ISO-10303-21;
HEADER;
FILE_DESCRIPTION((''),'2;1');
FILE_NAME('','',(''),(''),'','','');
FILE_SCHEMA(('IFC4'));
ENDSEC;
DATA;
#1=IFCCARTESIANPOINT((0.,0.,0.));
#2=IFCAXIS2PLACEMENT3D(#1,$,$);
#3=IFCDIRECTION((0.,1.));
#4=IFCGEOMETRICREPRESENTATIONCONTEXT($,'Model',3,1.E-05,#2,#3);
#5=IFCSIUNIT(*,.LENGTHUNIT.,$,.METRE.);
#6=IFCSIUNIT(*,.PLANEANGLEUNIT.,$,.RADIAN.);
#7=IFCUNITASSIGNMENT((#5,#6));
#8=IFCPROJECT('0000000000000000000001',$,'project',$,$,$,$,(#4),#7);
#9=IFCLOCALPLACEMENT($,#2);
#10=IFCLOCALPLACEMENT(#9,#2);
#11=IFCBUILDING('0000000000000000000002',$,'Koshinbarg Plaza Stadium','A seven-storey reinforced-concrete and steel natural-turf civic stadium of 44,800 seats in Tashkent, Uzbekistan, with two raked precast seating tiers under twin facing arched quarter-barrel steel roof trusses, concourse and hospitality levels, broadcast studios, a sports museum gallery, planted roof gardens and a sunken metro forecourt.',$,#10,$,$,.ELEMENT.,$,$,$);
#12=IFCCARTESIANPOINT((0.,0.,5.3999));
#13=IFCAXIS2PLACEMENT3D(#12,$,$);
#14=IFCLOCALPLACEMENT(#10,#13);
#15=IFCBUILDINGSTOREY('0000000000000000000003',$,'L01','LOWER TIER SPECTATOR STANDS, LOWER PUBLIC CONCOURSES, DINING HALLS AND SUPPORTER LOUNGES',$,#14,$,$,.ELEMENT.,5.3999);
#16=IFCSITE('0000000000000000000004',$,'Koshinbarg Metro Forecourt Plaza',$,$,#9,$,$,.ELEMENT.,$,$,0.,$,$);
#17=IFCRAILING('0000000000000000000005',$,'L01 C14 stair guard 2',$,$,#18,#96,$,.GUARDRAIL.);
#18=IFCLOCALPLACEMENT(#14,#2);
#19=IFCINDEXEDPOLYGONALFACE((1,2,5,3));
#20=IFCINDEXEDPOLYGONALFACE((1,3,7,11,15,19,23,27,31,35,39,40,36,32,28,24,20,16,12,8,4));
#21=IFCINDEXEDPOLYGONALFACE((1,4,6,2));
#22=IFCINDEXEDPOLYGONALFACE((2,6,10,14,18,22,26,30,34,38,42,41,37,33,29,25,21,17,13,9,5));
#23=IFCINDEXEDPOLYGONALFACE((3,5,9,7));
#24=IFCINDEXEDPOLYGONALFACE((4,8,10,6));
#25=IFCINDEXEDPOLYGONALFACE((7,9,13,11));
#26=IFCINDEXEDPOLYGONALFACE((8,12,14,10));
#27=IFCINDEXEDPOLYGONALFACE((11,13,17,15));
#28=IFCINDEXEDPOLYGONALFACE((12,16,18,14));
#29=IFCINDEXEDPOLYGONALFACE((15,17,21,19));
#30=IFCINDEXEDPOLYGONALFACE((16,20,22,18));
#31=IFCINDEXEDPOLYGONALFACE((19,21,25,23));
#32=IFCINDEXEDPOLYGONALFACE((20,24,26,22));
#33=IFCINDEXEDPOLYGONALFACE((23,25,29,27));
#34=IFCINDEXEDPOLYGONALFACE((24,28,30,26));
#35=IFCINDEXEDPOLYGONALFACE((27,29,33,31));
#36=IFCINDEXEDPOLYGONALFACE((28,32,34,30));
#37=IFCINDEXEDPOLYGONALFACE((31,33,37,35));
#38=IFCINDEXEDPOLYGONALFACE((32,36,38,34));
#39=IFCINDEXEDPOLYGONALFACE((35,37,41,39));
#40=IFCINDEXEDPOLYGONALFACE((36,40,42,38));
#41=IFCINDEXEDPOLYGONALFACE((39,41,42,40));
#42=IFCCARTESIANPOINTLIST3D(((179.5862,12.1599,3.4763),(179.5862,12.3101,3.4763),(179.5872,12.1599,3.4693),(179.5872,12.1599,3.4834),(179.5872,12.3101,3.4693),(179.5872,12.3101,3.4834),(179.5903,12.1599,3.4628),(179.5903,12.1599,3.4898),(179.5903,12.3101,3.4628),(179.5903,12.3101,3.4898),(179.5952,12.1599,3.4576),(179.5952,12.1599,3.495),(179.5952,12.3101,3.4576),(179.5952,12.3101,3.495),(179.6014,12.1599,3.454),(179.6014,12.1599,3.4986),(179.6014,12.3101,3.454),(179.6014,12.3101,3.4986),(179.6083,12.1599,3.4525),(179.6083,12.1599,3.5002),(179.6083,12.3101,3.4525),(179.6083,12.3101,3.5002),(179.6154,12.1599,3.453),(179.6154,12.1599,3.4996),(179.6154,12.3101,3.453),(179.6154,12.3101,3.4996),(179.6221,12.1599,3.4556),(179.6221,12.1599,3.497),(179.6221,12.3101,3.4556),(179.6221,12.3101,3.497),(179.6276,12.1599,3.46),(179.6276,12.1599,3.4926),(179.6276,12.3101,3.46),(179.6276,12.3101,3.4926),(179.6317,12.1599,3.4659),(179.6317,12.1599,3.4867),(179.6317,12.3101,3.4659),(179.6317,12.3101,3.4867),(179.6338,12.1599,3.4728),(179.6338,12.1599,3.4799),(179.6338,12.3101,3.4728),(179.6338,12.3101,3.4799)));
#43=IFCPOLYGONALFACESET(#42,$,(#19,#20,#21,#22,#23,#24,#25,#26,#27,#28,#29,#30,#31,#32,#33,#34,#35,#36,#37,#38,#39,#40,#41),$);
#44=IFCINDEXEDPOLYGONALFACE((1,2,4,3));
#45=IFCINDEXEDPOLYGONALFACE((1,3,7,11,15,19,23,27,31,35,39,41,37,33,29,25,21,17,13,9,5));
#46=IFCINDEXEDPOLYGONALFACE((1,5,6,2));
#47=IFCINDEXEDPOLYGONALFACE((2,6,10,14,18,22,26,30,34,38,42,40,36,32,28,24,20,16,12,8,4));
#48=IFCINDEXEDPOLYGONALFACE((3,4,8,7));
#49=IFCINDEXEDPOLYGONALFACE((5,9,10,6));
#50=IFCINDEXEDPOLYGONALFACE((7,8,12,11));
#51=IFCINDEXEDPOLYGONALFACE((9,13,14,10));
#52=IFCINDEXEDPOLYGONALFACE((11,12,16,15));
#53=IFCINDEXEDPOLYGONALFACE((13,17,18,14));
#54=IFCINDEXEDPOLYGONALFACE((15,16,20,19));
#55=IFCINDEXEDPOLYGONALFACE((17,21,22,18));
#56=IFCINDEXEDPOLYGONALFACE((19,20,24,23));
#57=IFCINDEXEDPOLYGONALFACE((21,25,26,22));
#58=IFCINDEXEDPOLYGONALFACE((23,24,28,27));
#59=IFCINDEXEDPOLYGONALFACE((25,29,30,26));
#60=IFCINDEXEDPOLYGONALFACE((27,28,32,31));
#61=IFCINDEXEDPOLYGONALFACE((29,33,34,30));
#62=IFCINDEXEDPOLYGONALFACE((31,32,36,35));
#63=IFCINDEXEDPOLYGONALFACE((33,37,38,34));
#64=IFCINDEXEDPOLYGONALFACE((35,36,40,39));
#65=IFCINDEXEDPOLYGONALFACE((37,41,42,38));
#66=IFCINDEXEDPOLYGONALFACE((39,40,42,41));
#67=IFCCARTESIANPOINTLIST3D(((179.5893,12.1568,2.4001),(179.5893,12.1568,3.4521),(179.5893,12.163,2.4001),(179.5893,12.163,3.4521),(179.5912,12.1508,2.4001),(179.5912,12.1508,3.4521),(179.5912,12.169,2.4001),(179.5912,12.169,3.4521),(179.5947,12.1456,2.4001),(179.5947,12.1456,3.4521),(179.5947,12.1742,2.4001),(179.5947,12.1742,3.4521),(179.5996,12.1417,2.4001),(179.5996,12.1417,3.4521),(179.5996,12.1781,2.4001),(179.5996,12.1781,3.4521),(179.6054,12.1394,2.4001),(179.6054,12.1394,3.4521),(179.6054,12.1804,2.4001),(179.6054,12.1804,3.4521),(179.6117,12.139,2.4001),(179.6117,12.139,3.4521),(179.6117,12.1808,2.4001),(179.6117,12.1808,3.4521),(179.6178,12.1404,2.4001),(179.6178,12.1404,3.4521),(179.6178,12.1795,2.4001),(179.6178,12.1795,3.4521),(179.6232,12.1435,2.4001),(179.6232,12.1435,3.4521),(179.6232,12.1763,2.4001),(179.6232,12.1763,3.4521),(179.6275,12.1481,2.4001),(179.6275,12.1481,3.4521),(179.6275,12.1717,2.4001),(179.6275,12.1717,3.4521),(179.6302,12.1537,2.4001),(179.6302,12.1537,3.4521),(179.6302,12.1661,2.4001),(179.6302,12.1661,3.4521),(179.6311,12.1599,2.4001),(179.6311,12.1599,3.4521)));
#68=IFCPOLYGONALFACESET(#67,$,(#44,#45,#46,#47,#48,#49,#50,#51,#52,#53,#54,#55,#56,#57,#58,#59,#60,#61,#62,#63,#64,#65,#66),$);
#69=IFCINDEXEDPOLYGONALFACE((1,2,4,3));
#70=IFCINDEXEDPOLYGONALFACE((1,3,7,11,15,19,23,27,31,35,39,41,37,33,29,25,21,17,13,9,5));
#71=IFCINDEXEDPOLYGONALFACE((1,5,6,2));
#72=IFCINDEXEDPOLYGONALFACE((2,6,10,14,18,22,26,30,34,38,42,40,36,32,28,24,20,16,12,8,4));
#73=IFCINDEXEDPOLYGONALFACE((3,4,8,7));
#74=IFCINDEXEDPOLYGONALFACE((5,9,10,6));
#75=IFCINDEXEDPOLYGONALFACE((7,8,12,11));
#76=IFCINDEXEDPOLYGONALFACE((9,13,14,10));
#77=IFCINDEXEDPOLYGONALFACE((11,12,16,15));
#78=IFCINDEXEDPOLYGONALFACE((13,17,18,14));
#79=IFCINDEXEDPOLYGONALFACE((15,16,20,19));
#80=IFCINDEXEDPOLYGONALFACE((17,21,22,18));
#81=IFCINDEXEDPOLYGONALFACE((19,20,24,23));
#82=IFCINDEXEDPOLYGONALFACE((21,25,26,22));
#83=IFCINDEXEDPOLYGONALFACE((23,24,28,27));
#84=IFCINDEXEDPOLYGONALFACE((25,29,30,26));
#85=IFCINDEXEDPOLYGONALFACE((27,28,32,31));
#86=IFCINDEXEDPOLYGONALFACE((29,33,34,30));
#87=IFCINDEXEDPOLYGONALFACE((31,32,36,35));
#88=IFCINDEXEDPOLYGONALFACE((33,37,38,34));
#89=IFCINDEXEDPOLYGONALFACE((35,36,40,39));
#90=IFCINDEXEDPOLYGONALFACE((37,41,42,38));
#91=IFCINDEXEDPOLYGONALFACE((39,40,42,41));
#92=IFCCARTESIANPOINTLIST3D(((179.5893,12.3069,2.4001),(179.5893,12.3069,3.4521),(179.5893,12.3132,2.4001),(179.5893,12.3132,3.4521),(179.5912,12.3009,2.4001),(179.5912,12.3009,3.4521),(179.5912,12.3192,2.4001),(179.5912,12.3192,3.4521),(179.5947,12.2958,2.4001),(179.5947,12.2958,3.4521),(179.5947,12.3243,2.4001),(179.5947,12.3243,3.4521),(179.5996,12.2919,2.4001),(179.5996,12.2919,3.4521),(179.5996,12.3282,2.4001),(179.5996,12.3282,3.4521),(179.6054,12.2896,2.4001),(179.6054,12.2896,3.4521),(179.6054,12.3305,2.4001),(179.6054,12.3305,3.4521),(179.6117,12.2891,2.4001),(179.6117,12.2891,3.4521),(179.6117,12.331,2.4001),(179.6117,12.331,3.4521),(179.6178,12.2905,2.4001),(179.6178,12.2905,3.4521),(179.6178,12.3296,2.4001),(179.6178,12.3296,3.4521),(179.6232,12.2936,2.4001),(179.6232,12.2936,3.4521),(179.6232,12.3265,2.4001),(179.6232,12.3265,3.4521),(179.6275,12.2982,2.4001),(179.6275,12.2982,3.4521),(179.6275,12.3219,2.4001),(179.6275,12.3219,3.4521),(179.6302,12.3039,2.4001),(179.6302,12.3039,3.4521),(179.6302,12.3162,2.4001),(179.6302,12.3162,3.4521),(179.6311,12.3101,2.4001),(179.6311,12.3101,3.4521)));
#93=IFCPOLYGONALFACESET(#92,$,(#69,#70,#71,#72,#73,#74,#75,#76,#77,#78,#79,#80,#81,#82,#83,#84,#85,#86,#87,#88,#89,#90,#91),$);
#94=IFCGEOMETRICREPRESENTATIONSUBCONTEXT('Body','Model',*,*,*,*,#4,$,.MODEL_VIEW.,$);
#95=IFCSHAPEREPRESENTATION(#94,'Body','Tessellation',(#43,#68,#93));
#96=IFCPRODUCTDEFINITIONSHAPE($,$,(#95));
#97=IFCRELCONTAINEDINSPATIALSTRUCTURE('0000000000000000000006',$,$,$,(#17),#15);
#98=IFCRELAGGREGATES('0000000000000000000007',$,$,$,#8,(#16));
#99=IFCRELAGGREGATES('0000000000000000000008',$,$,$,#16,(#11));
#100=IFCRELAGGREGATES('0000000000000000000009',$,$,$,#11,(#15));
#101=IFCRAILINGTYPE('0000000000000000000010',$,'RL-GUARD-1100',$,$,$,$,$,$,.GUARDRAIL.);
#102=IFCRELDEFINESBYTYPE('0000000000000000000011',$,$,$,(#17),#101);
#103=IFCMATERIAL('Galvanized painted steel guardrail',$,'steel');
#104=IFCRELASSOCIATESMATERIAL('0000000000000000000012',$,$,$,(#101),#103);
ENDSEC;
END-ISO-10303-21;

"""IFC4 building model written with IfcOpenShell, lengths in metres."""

from ifc_helpers import new_model, si_unit, direction, frame, origin, origin_2d, place, context, subcontext, project, spatial, circle, extrude, material, type_object, element, save


model = new_model("IFC4")

# Units and contexts
model_context = context("Model", 3, precision=1e-05, world=origin(), true_north=direction((0.0, 1.0)))
body_context = subcontext(model_context, "Body", "Model", "MODEL_VIEW")
ifc_project = project(units=[si_unit("LENGTHUNIT", "METRE"), si_unit("PLANEANGLEUNIT", "RADIAN")], contexts=[model_context])

# Site, building, storey
site_placement = place(None, origin())
site = spatial("IfcSite", under=ifc_project, at=site_placement, Name="Koshinbarg Metro Forecourt Plaza", CompositionType="ELEMENT", RefElevation=0.0)
building_placement = place(site_placement, origin())
building = spatial("IfcBuilding", under=site, at=building_placement, Name="Koshinbarg Plaza Stadium", Description="A seven-storey reinforced-concrete and steel natural-turf civic stadium of 44,800 seats in Tashkent, Uzbekistan, with two raked precast seating tiers under twin facing arched quarter-barrel steel roof trusses, concourse and hospitality levels, broadcast studios, a sports museum gallery, planted roof gardens and a sunken metro forecourt.", CompositionType="ELEMENT")
storey_placement = place(building_placement, frame((0.0, 0.0, 5.3999)))
storey = spatial("IfcBuildingStorey", under=building, at=storey_placement, Name="L01", Description="LOWER TIER SPECTATOR STANDS, LOWER PUBLIC CONCOURSES, DINING HALLS AND SUPPORTER LOUNGES", CompositionType="ELEMENT", Elevation=5.3999)

# Railing
ifc_material_1 = material(Name="Galvanized painted steel guardrail", Category="steel")
railing_type_1 = type_object("IfcRailingType", Name="RL-GUARD-1100", PredefinedType="GUARDRAIL", material=ifc_material_1)
railing_1_placement = place(storey_placement, frame((179.6101, 12.1599, 2.4001)))
element("IfcRailing", 1, at=railing_1_placement, inside=storey, type_object=railing_type_1, Name="L01 C14 stair guard 2", PredefinedType="GUARDRAIL", context=body_context, shape_type="SweptSolid", body=[
    extrude(circle(Radius=0.0239, at=origin_2d()), frame((0.0, 0.0, 1.0762), z_axis=(0.0, 1.0, 0.0), x_axis=(-1.0, 0.0, 0.0)), (0.0, 0.0, 1.0), 0.1501),
    extrude(circle(Radius=0.021, at=origin_2d()), origin(), (0.0, 0.0, 1.0), 1.052),
    extrude(circle(Radius=0.021, at=origin_2d()), frame((0.0, 0.1501, 0.0)), (0.0, 0.0, 1.0), 1.052),
])

save(model, "model.ifc")
